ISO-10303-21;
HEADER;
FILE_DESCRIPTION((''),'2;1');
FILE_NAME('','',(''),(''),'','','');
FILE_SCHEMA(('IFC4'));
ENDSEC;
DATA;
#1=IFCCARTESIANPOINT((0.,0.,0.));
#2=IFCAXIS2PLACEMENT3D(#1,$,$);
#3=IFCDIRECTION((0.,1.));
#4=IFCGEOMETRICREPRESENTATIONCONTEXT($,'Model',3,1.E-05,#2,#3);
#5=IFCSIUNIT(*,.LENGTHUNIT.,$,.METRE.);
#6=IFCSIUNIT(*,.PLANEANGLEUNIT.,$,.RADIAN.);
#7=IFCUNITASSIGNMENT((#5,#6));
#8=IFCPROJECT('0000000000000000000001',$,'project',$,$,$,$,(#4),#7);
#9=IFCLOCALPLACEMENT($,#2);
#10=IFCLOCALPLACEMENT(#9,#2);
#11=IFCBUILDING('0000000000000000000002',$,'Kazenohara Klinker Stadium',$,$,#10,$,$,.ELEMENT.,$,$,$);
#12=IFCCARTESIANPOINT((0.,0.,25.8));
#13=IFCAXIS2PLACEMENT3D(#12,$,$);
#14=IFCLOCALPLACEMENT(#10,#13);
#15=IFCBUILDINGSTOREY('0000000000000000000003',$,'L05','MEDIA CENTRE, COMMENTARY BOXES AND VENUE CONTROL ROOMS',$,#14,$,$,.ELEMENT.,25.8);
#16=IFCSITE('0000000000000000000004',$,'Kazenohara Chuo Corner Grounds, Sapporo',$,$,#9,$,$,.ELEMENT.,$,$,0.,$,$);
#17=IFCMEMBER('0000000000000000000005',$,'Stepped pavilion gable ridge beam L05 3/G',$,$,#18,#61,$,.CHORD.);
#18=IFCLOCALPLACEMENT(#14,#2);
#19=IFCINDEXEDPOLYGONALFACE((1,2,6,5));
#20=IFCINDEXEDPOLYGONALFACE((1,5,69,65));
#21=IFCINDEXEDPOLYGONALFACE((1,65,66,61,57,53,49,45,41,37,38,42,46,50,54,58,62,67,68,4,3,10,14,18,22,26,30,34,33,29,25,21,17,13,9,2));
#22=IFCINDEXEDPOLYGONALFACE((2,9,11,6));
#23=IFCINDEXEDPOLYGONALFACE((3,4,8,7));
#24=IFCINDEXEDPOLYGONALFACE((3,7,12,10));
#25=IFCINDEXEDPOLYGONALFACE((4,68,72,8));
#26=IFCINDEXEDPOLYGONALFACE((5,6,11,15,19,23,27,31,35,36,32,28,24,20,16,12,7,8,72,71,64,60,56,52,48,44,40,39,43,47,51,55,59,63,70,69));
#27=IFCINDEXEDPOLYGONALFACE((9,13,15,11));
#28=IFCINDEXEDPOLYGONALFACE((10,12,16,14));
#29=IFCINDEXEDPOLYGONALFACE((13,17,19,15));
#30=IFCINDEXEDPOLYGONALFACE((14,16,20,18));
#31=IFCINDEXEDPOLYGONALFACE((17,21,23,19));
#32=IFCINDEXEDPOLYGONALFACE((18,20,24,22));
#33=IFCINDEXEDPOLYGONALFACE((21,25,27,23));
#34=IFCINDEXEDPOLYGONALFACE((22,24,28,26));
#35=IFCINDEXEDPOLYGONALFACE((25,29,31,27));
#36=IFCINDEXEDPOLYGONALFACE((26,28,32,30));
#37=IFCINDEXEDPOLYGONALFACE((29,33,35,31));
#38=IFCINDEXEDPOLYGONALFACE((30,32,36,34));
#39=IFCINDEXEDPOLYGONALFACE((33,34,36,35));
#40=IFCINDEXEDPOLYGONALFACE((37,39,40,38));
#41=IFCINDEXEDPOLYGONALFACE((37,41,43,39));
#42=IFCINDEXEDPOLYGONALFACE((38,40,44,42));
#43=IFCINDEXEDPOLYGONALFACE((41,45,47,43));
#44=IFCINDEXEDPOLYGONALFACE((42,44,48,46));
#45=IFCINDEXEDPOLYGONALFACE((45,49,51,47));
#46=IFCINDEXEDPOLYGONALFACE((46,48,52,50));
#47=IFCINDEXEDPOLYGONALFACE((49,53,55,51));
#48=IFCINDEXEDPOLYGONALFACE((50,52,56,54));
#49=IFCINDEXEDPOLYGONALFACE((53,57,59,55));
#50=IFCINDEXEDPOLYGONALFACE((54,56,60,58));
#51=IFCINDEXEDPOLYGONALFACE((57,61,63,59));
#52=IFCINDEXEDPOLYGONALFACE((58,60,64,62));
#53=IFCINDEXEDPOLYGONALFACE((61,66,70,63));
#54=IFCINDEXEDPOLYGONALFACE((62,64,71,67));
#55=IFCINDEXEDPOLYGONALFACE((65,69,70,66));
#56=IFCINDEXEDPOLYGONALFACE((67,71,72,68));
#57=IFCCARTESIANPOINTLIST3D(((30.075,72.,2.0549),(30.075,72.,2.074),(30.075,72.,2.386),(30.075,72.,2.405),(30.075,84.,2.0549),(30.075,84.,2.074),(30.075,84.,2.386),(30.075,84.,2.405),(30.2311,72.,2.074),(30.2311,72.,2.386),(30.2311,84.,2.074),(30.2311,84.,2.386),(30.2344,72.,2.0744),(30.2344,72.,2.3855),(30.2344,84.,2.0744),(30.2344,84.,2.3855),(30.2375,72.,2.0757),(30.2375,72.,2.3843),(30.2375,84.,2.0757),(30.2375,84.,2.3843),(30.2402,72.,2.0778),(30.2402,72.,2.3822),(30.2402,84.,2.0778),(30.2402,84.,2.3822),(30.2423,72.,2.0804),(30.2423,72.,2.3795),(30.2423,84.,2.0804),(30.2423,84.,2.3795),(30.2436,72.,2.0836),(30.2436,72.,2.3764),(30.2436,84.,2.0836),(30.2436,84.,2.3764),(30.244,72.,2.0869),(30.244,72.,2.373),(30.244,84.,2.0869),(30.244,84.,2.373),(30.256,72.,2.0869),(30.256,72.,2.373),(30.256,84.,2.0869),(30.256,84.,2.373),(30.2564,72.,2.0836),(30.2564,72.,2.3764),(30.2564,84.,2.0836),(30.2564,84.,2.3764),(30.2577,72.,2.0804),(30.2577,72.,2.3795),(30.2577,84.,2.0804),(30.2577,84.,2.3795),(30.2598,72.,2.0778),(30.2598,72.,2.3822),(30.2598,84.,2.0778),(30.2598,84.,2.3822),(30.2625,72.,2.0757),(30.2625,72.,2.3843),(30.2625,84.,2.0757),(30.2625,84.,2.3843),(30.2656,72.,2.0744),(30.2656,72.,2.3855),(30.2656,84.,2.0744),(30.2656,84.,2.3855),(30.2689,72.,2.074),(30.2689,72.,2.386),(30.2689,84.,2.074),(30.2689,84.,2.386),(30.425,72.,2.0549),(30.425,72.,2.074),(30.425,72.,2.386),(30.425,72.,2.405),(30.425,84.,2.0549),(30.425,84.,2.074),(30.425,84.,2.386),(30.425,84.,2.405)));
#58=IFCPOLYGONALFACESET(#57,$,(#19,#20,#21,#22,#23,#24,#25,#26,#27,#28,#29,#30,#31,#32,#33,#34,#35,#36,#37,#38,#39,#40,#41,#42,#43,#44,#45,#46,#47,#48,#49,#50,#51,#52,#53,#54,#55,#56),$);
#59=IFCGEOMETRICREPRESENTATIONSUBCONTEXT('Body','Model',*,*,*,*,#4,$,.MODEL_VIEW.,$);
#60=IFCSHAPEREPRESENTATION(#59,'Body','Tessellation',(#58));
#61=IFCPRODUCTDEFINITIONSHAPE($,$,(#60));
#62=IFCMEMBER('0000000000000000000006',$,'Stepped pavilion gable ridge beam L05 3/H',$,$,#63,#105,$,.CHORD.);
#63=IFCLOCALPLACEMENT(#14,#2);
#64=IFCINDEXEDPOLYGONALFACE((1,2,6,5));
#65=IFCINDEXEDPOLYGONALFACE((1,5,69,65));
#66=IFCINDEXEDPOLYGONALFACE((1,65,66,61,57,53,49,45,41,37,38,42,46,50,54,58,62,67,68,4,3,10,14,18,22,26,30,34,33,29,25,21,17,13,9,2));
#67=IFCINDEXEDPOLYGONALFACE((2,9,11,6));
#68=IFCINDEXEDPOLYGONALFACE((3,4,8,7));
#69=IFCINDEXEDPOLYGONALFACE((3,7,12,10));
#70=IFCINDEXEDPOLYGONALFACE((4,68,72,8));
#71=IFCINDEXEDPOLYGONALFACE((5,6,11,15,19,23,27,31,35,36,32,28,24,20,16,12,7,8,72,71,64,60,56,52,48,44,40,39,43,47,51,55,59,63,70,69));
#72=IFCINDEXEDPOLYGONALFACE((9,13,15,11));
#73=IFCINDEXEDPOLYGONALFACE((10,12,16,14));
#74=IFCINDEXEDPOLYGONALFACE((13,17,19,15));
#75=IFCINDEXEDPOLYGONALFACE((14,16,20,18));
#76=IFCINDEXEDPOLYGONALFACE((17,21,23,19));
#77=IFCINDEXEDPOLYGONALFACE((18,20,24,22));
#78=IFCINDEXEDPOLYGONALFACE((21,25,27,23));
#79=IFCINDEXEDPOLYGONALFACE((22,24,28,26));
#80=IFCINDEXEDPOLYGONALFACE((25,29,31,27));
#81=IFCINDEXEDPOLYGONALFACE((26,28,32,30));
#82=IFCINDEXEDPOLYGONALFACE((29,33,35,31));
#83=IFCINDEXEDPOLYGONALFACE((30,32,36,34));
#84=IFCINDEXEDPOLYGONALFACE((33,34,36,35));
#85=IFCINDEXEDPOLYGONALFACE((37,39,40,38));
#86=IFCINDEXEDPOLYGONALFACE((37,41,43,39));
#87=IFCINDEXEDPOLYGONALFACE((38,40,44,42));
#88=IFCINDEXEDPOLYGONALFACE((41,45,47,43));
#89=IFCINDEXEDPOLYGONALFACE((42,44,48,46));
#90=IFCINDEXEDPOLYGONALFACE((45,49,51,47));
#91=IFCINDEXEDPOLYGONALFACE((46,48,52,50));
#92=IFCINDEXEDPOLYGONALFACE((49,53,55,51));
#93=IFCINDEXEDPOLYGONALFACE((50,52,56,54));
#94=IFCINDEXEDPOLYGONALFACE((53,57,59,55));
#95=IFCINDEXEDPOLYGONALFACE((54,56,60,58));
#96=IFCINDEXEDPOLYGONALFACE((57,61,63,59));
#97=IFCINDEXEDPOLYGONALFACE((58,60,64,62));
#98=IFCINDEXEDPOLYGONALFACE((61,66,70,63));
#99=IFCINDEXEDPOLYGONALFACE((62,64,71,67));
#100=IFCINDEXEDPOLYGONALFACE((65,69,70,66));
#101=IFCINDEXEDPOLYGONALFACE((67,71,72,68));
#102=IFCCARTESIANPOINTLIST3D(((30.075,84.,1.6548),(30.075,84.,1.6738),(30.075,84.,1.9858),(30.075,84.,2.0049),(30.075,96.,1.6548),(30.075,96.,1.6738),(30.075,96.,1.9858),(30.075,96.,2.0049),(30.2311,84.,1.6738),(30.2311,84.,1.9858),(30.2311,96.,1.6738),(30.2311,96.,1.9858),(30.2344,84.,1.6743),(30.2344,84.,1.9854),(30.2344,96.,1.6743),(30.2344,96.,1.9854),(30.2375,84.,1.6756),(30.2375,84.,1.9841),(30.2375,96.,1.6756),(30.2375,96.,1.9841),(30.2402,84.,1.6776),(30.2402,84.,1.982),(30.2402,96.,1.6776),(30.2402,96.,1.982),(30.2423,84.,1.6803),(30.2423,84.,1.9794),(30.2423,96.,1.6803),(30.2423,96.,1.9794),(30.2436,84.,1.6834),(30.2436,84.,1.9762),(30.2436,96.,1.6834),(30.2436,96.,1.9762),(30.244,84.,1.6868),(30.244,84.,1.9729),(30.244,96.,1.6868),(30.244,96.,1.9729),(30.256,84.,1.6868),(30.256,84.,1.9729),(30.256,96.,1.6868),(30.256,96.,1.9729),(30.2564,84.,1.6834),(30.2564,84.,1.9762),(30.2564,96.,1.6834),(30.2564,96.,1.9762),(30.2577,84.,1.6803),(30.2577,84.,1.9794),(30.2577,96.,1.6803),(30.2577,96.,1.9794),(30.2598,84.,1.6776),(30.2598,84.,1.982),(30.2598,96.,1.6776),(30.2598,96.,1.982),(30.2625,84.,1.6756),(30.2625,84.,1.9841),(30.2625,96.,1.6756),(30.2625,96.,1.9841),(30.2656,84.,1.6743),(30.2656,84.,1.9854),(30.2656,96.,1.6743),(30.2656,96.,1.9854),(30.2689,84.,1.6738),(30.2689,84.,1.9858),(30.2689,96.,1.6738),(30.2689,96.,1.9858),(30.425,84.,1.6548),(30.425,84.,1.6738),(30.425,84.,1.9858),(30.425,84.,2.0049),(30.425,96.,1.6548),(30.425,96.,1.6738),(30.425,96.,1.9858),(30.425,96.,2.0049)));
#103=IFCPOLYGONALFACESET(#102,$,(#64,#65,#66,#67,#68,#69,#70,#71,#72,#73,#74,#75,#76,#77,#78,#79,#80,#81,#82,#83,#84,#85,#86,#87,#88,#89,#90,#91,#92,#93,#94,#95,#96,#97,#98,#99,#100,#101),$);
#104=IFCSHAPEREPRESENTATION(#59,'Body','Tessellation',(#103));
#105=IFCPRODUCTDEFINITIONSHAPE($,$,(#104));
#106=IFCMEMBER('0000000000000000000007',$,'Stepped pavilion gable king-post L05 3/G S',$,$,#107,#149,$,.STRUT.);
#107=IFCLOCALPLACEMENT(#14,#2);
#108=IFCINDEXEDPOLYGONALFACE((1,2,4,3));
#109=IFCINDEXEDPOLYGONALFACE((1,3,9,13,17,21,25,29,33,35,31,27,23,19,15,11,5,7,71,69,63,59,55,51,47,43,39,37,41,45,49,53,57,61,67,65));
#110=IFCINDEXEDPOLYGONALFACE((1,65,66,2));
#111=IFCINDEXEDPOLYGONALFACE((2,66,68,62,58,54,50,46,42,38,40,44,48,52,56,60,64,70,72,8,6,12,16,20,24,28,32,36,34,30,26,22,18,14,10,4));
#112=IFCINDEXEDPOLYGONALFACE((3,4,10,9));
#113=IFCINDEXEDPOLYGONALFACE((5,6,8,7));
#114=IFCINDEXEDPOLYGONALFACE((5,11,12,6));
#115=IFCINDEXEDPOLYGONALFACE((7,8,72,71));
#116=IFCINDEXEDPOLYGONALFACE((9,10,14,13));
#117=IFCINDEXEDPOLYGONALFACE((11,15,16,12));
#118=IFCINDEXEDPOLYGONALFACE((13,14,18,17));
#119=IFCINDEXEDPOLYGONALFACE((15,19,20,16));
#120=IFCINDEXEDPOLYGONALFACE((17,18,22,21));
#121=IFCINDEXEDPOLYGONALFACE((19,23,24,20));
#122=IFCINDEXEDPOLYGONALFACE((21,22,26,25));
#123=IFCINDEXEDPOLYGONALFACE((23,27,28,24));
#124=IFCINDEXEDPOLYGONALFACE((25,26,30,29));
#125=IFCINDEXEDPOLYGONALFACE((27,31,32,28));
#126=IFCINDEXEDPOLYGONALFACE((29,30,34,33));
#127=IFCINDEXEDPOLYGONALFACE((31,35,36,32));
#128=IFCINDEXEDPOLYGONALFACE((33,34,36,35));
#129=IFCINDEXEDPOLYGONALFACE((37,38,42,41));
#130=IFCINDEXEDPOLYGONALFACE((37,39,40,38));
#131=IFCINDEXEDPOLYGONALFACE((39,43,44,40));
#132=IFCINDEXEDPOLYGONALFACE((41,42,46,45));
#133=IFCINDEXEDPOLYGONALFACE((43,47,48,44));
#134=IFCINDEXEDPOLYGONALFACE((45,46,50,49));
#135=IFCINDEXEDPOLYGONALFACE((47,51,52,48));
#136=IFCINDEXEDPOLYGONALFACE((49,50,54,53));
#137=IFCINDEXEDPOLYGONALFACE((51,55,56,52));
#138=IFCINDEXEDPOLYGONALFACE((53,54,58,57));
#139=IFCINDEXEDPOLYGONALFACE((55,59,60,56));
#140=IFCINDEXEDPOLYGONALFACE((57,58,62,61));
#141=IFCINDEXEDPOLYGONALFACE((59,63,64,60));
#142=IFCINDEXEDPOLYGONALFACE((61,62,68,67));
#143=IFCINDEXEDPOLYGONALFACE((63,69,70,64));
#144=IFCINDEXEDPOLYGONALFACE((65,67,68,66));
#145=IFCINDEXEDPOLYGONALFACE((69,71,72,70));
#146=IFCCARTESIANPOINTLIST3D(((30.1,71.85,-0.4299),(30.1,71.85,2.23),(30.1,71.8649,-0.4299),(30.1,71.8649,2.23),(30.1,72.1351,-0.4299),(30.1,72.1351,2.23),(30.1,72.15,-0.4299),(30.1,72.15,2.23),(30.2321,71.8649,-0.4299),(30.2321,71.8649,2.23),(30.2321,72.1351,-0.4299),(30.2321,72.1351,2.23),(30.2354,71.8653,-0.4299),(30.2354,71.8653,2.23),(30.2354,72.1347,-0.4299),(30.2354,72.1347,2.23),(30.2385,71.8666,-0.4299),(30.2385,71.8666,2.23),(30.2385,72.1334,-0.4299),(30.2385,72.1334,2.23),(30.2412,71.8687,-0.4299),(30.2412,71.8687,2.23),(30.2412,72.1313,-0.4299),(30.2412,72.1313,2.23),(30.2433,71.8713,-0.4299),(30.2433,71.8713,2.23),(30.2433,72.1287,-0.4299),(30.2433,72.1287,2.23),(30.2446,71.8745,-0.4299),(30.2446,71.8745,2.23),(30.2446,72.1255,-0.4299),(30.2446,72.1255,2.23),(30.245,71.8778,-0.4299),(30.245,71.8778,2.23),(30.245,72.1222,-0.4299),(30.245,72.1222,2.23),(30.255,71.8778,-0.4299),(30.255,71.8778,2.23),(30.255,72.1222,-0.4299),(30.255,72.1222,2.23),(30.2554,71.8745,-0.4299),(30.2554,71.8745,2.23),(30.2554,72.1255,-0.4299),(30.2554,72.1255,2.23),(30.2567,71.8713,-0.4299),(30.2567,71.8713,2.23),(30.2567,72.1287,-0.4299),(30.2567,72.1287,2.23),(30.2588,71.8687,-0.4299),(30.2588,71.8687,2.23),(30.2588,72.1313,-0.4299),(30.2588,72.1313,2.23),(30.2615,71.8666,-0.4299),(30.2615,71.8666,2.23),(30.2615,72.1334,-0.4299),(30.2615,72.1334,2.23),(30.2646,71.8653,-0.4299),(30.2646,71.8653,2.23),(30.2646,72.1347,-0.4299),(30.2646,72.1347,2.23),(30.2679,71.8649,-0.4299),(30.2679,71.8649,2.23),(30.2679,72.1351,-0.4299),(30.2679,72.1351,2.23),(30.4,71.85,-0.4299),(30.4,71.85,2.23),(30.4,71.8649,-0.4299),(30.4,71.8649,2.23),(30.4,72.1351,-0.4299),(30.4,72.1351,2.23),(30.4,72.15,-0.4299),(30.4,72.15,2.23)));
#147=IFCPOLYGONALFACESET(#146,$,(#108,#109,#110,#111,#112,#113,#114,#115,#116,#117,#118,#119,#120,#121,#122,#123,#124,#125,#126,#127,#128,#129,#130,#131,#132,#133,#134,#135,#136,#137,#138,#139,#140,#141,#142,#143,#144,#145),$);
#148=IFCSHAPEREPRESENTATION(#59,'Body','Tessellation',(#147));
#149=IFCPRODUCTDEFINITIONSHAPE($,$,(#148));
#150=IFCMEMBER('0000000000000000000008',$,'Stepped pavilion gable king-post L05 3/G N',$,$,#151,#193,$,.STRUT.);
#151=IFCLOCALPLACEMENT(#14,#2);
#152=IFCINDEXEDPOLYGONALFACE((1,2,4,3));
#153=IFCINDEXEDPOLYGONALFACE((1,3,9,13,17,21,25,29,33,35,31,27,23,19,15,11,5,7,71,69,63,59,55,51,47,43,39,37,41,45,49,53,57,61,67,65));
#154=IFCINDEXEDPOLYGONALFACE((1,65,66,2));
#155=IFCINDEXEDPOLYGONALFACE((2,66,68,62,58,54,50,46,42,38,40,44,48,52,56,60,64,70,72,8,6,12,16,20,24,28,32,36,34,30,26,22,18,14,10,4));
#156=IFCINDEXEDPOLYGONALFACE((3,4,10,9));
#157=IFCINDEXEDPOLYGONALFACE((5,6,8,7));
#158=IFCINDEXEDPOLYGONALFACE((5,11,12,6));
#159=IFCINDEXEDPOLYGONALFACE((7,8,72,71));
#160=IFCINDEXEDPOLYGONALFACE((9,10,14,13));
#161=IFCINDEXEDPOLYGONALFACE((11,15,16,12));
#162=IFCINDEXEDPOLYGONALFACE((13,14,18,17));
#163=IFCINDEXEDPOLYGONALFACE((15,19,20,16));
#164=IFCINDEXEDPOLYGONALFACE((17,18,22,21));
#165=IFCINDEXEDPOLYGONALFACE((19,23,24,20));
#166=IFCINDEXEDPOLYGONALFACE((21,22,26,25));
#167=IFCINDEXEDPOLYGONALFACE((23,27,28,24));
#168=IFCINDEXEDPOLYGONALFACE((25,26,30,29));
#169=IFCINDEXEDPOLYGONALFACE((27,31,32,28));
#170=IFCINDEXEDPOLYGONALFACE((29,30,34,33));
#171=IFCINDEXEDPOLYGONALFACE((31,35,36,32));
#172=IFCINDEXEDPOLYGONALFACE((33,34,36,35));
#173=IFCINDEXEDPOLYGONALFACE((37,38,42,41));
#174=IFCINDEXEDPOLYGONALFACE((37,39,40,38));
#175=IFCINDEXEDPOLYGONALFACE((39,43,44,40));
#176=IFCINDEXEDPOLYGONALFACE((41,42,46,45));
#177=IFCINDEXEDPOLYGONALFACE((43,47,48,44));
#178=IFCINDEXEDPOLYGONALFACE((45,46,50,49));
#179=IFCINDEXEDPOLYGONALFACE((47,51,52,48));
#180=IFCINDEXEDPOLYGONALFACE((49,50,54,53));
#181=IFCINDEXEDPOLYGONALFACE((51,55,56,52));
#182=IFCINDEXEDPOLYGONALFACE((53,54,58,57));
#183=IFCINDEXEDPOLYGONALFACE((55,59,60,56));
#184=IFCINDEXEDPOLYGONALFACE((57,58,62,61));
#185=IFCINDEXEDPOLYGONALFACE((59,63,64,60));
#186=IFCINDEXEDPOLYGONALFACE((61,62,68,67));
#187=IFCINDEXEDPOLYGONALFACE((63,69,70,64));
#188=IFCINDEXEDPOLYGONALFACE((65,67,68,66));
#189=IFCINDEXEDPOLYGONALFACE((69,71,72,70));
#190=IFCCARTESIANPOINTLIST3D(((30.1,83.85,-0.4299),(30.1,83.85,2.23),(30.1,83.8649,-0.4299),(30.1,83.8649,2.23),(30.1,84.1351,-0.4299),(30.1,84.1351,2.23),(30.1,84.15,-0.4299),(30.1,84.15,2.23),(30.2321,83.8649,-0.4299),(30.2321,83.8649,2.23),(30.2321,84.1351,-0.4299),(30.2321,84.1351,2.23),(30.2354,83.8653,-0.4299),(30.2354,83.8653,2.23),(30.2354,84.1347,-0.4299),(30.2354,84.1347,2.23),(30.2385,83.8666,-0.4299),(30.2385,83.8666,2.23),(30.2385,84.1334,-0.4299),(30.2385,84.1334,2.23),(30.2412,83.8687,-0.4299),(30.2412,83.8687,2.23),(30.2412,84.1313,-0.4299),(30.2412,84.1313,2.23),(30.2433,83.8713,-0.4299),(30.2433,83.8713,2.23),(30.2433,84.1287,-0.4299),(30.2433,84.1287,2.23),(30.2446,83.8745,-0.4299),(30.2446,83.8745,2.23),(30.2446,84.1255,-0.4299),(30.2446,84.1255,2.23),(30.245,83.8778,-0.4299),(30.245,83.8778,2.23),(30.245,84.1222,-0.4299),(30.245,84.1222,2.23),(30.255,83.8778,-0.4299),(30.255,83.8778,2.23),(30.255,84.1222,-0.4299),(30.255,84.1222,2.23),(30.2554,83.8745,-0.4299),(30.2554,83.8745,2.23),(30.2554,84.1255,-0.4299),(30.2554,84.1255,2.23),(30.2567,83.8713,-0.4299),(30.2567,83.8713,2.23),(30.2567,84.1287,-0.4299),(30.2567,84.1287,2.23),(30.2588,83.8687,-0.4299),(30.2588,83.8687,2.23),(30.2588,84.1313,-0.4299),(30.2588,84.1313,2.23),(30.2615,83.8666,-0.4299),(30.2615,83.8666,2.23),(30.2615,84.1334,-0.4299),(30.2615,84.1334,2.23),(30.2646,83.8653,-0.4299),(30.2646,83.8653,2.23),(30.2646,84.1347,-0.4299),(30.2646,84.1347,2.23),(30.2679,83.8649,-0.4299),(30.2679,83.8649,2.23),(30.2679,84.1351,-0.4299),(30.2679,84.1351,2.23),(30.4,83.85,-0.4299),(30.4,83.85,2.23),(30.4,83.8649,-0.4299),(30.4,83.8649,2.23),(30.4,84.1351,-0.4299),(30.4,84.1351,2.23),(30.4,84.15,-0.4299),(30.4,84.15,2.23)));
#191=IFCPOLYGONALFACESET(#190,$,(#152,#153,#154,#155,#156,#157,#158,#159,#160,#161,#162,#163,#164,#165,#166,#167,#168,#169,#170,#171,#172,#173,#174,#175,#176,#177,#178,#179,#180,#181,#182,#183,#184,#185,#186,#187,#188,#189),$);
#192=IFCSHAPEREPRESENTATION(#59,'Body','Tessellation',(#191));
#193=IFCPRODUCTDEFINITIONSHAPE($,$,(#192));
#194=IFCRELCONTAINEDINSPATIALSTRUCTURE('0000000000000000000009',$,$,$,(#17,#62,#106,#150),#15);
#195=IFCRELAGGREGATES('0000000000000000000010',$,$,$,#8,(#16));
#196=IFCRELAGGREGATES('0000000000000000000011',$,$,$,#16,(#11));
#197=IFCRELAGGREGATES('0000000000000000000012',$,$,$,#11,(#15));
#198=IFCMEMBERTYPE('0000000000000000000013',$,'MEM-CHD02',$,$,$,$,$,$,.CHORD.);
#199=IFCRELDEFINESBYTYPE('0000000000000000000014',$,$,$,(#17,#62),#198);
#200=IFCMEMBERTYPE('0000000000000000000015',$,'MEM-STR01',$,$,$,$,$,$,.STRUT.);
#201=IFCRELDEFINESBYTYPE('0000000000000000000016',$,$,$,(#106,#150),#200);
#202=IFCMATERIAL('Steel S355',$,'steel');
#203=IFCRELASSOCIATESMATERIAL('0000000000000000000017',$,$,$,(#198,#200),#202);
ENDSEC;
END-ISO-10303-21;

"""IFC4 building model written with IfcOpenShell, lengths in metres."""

from ifc_helpers import new_model, si_unit, direction, frame, origin, origin_2d, place, context, subcontext, project, spatial, i_section, extrude, material, material_profile, profile_set, type_object, element, save


model = new_model("IFC4")

# Units and contexts
model_context = context("Model", 3, precision=1e-05, world=origin(), true_north=direction((0.0, 1.0)))
body_context = subcontext(model_context, "Body", "Model", "MODEL_VIEW")
ifc_project = project(units=[si_unit("LENGTHUNIT", "METRE"), si_unit("PLANEANGLEUNIT", "RADIAN")], contexts=[model_context])

# Site, building, storey
site_placement = place(None, origin())
site = spatial("IfcSite", under=ifc_project, at=site_placement, Name="Kazenohara Chuo Corner Grounds, Sapporo", CompositionType="ELEMENT", RefElevation=0.0)
building_placement = place(site_placement, origin())
building = spatial("IfcBuilding", under=site, at=building_placement, Name="Kazenohara Klinker Stadium", CompositionType="ELEMENT")
storey_placement = place(building_placement, frame((0.0, 0.0, 25.8)))
storey = spatial("IfcBuildingStorey", under=building, at=storey_placement, Name="L05", Description="MEDIA CENTRE, COMMENTARY BOXES AND VENUE CONTROL ROOMS", CompositionType="ELEMENT", Elevation=25.8)

# Shared definitions
ifc_material_1 = material(Name="Steel S355", Category="steel")

# Members
ifc_material_profile_1 = material_profile(ifc_material_1, i_section(OverallWidth=0.3501, OverallDepth=0.3501, WebThickness=0.012, FlangeThickness=0.019, FilletRadius=0.0129, at=origin_2d()), Name="H-350x350x12x19")
ifc_profile_set_1 = profile_set([ifc_material_profile_1], Name="Steel S355")
member_type_1 = type_object("IfcMemberType", Name="MEM-CHD02", PredefinedType="CHORD", material=ifc_profile_set_1)
for number, where, z_axis, x_axis, name in (
    (1, (30.25, 72.0, 2.23), (0.0, 1.0, 0.0), (-1.0, 0.0, 0.0), "Stepped pavilion gable ridge beam L05 3/G"),
    (2, (30.25, 84.0, 1.8298), (0.0, 1.0, 0.0), (-1.0, 0.0, 0.0), "Stepped pavilion gable ridge beam L05 3/H"),
):
    element("IfcMember", number, at=place(storey_placement, frame(where, z_axis=z_axis, x_axis=x_axis)), inside=storey, type_object=member_type_1, Name=name, PredefinedType="CHORD", context=body_context, shape_type="SweptSolid", body=[
        extrude(i_section(OverallWidth=0.3501, OverallDepth=0.3501, WebThickness=0.012, FlangeThickness=0.019, FilletRadius=0.0129, at=origin_2d()), origin(), (0.0, 0.0, 1.0), 12.0),
    ])
ifc_material_profile_2 = material_profile(ifc_material_1, i_section(OverallWidth=0.3, OverallDepth=0.3, WebThickness=0.01, FlangeThickness=0.0149, FilletRadius=0.0129, at=origin_2d()), Name="H-300x300x10x15")
ifc_profile_set_2 = profile_set([ifc_material_profile_2], Name="Steel S355")
member_type_2 = type_object("IfcMemberType", Name="MEM-STR01", PredefinedType="STRUT", material=ifc_profile_set_2)
for number, where, z_axis, x_axis, name in (
    (3, (30.25, 72.0, -0.4299), (0.0, 0.0, 1.0), (1.0, 0.0, 0.0), "Stepped pavilion gable king-post L05 3/G S"),
    (4, (30.25, 84.0, -0.4299), (0.0, 0.0, 1.0), (1.0, 0.0, 0.0), "Stepped pavilion gable king-post L05 3/G N"),
):
    element("IfcMember", number, at=place(storey_placement, frame(where, z_axis=z_axis, x_axis=x_axis)), inside=storey, type_object=member_type_2, Name=name, PredefinedType="STRUT", context=body_context, shape_type="SweptSolid", body=[
        extrude(i_section(OverallWidth=0.3, OverallDepth=0.3, WebThickness=0.01, FlangeThickness=0.0149, FilletRadius=0.0129, at=origin_2d()), origin(), (0.0, 0.0, 1.0), 2.6599),
    ])

save(model, "model.ifc")
